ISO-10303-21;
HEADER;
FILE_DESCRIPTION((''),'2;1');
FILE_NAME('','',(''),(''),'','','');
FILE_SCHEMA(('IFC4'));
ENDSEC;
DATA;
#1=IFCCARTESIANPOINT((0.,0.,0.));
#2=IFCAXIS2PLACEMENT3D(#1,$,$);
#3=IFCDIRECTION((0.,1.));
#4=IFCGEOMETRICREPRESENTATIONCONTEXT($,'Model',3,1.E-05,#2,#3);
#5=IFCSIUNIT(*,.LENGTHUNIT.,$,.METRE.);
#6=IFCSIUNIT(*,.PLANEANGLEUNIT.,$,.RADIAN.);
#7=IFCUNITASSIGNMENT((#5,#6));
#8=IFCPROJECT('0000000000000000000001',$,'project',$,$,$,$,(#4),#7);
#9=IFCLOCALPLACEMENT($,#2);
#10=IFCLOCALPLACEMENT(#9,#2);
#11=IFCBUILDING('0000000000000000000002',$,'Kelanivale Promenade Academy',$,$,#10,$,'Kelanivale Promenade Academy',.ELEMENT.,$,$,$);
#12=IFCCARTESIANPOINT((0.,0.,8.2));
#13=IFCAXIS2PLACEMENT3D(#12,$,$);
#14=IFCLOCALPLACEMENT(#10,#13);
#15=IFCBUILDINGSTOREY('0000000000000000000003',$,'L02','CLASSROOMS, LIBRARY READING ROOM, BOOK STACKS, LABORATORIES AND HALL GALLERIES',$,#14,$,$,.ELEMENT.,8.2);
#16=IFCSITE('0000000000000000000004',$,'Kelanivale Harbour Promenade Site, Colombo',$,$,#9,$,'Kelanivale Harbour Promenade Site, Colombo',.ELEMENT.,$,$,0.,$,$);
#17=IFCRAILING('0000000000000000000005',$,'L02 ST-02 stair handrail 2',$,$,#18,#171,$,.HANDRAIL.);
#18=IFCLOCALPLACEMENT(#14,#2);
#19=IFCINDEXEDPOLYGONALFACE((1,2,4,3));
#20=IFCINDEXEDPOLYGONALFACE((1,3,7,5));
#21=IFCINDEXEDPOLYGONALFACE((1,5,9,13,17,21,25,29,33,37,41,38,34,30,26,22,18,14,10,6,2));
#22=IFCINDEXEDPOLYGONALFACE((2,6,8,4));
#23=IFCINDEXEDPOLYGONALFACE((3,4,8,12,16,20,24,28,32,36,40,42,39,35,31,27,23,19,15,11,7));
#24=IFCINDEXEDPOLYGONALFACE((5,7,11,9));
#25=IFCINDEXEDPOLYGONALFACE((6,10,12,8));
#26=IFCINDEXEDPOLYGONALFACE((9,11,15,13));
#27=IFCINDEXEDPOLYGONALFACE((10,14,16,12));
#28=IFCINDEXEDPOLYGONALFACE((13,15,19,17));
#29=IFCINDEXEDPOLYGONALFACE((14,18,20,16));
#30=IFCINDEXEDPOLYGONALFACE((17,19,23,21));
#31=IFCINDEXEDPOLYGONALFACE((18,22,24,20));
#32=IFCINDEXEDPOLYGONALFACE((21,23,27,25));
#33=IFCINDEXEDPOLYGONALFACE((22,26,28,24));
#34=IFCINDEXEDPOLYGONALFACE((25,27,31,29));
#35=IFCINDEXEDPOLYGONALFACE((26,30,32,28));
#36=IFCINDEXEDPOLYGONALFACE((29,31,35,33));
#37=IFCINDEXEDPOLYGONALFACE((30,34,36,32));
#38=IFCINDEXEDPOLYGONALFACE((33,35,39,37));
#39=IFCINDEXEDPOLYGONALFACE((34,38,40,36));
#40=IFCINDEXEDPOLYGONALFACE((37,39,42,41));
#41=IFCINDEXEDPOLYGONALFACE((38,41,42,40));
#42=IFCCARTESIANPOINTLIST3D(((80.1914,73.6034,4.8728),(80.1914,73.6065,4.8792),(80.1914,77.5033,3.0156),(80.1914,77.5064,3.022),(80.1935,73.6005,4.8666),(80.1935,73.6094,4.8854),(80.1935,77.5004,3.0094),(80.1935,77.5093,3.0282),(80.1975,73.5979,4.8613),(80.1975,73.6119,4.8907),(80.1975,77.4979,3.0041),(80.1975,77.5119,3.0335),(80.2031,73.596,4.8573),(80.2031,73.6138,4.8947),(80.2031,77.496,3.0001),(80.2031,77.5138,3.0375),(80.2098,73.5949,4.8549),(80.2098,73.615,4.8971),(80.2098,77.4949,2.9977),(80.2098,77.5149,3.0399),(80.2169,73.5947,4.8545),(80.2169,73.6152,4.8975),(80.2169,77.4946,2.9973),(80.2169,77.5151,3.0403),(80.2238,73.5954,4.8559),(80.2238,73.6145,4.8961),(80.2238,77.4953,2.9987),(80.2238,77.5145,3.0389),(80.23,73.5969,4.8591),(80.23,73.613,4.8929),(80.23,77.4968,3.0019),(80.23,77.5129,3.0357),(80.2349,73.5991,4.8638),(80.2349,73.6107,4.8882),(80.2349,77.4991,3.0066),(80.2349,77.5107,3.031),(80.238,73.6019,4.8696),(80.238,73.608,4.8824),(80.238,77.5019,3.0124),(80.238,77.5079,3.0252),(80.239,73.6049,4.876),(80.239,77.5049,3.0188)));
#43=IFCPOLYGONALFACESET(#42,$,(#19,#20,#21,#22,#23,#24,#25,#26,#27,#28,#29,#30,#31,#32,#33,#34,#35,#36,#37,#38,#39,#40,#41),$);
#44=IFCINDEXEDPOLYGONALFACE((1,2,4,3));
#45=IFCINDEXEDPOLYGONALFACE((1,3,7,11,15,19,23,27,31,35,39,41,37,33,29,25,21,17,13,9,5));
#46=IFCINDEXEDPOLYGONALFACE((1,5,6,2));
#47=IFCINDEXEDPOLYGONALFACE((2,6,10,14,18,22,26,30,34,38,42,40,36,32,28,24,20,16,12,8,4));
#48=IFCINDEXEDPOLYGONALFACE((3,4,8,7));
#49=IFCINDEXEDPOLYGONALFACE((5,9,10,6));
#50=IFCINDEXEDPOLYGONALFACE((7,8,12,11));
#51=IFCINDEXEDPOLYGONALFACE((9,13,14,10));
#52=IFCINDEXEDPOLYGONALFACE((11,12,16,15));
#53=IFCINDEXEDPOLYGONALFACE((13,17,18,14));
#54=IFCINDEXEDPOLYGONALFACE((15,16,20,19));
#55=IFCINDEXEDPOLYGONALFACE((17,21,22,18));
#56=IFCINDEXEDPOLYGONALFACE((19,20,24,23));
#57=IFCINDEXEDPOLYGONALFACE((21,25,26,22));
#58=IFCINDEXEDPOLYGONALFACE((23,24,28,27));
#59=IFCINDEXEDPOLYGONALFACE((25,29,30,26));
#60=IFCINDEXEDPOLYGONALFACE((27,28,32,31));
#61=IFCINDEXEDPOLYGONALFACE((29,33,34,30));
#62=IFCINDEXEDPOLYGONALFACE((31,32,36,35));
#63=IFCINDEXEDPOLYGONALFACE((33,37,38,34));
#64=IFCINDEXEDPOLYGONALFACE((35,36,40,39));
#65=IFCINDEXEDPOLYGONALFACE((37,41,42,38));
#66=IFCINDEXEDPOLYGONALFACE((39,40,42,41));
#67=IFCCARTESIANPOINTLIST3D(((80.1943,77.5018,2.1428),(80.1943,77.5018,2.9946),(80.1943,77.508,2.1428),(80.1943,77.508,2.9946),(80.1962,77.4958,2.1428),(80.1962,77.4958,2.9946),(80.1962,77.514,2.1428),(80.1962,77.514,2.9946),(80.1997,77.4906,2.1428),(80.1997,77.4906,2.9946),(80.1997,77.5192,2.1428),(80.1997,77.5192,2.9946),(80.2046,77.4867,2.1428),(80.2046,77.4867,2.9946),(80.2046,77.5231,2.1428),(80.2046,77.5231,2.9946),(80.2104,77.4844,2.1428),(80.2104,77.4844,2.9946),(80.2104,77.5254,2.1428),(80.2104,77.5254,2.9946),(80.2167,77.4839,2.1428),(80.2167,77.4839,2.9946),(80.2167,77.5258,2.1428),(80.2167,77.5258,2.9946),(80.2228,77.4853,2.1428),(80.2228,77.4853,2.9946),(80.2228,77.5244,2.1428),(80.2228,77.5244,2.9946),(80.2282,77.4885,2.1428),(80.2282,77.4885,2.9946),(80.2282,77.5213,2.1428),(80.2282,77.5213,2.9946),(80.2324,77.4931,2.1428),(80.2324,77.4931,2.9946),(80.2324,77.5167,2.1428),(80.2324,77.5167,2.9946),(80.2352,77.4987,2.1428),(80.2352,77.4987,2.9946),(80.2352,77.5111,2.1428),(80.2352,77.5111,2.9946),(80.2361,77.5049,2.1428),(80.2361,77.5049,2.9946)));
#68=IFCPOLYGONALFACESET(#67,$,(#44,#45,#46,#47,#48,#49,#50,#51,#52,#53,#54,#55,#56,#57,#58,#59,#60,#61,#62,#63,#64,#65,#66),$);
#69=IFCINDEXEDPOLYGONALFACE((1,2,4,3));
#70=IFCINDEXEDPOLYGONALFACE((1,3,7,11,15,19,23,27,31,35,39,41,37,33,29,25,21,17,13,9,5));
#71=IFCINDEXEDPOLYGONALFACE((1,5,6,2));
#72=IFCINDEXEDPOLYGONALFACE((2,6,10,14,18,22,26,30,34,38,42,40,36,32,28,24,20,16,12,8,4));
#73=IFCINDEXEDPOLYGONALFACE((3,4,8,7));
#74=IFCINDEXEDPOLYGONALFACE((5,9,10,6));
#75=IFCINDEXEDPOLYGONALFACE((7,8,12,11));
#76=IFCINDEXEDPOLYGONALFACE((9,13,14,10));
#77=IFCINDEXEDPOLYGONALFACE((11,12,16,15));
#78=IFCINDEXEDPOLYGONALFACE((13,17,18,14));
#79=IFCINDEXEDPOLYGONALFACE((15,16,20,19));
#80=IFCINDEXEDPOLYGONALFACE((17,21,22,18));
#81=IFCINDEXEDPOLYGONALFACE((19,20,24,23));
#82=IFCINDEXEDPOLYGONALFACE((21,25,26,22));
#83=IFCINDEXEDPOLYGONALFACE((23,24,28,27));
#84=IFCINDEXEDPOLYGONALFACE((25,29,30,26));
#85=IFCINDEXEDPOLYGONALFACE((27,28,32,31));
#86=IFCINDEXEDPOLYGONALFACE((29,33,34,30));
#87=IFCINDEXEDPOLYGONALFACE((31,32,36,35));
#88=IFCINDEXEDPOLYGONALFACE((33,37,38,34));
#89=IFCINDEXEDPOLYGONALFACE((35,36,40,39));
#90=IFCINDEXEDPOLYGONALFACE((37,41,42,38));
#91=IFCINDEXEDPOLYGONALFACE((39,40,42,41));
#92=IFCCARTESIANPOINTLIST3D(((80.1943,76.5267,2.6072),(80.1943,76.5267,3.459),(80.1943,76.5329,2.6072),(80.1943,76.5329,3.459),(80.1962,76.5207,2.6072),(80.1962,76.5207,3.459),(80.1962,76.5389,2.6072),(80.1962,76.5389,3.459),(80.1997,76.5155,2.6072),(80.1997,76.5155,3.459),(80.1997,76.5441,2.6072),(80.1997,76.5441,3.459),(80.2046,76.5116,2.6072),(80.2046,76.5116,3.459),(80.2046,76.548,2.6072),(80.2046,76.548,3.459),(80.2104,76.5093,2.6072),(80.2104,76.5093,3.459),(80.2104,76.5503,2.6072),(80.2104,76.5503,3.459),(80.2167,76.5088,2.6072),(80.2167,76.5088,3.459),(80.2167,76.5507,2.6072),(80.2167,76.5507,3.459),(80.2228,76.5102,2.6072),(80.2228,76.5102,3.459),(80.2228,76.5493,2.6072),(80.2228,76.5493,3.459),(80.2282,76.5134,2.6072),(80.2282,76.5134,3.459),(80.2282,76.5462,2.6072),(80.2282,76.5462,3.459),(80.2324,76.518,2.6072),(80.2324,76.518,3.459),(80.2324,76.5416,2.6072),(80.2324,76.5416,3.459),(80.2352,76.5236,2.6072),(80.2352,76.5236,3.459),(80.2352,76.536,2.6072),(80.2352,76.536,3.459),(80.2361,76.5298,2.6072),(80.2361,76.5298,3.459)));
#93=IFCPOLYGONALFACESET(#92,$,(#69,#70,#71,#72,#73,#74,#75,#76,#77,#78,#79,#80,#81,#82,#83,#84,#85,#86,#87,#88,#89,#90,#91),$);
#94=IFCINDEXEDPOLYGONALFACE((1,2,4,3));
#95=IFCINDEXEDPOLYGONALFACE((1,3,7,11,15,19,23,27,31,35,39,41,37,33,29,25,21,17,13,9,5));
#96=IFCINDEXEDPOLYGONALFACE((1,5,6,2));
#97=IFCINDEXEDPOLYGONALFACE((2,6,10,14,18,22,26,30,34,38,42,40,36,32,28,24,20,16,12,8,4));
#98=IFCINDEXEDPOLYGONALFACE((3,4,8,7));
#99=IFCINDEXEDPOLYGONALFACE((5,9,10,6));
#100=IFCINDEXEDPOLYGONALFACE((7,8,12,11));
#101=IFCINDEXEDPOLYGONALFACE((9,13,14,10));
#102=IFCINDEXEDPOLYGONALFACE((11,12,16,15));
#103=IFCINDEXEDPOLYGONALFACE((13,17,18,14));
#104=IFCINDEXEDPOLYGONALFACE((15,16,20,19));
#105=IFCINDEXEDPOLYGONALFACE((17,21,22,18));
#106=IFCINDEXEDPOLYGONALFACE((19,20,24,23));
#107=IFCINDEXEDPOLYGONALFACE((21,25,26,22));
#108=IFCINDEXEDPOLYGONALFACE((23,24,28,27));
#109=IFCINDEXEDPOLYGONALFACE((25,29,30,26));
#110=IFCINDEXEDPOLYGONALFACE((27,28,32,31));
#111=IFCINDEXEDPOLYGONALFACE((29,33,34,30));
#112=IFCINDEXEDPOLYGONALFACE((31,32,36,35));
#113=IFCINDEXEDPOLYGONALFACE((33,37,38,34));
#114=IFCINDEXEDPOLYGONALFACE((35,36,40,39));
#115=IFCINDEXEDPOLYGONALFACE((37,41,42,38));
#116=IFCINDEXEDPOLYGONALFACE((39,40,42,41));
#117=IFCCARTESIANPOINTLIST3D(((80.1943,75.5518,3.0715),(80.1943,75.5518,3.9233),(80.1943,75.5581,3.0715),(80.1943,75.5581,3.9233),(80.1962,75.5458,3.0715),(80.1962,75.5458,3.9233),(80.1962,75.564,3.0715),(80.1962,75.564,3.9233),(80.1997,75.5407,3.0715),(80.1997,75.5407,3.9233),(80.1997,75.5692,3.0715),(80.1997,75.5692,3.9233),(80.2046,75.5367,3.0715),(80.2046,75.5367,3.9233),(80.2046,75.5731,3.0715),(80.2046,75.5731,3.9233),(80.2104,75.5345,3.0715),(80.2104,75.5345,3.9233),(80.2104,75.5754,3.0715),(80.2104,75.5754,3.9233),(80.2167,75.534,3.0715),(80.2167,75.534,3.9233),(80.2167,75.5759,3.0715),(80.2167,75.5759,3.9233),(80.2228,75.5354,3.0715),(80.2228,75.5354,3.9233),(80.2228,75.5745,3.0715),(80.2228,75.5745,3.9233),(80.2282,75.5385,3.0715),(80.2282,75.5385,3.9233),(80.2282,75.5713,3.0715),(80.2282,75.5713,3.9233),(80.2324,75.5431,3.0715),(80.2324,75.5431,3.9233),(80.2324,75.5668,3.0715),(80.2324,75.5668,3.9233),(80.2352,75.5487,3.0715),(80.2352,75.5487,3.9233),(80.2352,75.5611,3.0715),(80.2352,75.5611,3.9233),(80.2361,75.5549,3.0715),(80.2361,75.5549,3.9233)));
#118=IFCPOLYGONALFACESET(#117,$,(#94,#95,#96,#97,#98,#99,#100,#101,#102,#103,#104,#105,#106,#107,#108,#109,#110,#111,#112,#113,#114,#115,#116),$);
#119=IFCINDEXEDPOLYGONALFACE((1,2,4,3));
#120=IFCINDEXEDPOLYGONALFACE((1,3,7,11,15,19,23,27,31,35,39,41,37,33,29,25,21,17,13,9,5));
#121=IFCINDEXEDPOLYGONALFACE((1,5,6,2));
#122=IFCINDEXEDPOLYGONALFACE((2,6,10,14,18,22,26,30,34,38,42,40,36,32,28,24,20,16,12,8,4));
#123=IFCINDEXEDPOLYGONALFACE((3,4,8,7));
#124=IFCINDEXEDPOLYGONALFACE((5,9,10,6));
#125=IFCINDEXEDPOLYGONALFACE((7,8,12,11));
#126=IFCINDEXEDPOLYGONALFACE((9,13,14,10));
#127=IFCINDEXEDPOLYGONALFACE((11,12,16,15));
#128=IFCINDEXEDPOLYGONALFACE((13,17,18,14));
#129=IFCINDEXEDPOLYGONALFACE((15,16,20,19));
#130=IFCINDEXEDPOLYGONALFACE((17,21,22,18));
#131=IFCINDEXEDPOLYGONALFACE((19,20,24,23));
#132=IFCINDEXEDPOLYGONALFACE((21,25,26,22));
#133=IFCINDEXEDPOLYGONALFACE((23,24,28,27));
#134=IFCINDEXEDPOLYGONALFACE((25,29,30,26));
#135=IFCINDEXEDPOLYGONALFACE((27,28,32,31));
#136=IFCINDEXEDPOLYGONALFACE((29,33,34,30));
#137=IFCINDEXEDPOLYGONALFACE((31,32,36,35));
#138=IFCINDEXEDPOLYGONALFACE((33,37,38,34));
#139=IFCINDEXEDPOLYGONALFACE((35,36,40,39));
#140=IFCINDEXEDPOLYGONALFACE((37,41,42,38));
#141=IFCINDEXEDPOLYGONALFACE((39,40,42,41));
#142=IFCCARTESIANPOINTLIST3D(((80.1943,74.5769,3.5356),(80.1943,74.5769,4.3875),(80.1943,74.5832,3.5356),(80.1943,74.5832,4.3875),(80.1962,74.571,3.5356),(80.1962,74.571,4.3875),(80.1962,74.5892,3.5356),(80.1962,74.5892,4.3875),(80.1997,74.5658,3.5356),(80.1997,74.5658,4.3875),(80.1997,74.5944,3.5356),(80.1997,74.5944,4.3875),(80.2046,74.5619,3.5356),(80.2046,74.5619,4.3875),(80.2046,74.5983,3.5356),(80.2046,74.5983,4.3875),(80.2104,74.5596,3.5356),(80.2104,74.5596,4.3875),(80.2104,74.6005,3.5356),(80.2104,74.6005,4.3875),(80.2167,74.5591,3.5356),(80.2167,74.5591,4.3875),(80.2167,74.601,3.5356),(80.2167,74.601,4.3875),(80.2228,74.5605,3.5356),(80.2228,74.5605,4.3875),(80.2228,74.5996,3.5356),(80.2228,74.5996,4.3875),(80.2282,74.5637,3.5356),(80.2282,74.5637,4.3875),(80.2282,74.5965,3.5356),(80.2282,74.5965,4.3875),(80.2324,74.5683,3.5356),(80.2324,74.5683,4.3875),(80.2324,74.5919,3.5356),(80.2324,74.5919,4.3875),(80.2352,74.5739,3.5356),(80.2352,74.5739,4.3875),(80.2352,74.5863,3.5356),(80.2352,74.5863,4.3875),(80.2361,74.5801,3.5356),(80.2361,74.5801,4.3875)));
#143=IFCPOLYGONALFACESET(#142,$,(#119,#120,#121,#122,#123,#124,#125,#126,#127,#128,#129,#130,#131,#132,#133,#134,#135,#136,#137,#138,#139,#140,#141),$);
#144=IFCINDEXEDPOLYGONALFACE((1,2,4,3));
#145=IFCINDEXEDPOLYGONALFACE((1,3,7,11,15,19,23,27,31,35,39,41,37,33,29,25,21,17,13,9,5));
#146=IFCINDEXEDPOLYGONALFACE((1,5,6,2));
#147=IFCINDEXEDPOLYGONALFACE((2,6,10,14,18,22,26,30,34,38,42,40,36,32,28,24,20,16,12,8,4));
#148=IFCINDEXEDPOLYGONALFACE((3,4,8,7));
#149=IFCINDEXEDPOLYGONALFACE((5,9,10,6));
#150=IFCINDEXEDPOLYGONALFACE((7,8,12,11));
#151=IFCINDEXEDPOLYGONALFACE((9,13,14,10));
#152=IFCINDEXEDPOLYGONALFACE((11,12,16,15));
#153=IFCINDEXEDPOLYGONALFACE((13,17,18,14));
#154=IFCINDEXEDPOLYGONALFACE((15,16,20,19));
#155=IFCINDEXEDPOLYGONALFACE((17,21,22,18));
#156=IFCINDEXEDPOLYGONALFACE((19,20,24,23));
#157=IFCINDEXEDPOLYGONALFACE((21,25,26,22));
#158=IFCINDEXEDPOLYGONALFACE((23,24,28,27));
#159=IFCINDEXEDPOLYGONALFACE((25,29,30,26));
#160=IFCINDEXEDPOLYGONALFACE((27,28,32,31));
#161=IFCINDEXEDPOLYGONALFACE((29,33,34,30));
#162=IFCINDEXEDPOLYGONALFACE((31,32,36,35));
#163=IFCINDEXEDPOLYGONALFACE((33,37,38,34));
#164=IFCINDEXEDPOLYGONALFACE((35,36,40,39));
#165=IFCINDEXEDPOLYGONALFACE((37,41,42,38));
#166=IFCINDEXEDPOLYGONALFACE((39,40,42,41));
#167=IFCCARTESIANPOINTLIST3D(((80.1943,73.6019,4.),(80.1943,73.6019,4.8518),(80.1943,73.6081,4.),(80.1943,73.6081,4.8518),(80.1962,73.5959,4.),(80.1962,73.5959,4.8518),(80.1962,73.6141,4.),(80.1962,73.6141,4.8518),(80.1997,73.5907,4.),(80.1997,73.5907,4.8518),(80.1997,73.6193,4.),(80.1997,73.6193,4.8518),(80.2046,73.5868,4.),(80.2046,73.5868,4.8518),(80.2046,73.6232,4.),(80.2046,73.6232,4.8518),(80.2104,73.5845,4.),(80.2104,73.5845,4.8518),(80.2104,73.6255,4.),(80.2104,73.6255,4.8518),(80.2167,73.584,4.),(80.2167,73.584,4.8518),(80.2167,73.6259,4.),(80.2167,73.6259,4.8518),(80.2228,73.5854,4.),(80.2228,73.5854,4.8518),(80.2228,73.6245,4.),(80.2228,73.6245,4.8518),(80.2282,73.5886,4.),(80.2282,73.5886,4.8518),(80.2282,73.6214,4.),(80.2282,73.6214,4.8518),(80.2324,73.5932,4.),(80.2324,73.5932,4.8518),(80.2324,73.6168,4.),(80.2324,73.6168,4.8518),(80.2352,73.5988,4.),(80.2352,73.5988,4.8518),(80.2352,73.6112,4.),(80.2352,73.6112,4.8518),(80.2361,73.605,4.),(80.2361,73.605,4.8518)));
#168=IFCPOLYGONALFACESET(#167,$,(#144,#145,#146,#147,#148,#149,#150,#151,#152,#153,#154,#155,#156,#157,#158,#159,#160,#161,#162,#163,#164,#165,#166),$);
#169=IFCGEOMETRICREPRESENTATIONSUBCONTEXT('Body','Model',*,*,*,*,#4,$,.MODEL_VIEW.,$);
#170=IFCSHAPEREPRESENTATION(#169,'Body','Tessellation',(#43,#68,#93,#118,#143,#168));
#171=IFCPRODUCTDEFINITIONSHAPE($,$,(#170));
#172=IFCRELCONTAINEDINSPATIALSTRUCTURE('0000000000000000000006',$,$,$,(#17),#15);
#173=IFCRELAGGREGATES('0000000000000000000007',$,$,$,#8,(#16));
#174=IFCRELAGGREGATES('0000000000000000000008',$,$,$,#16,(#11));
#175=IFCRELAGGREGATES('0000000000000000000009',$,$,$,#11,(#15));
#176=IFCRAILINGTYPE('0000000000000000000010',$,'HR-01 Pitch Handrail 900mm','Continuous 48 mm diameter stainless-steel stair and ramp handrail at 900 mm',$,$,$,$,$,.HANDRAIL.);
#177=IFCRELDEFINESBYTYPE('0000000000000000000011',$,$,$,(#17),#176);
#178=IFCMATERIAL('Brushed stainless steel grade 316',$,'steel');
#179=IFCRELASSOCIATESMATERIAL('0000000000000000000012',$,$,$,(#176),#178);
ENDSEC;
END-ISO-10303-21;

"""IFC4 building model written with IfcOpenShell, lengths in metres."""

from ifc_helpers import new_model, si_unit, direction, frame, origin, origin_2d, place, context, subcontext, project, spatial, circle, extrude, material, type_object, element, save


model = new_model("IFC4")

# Units and contexts
model_context = context("Model", 3, precision=1e-05, world=origin(), true_north=direction((0.0, 1.0)))
body_context = subcontext(model_context, "Body", "Model", "MODEL_VIEW")
ifc_project = project(units=[si_unit("LENGTHUNIT", "METRE"), si_unit("PLANEANGLEUNIT", "RADIAN")], contexts=[model_context])

# Site, building, storey
site_placement = place(None, origin())
site = spatial("IfcSite", under=ifc_project, at=site_placement, Name="Kelanivale Harbour Promenade Site, Colombo", LongName="Kelanivale Harbour Promenade Site, Colombo", CompositionType="ELEMENT", RefElevation=0.0)
building_placement = place(site_placement, origin())
building = spatial("IfcBuilding", under=site, at=building_placement, Name="Kelanivale Promenade Academy", LongName="Kelanivale Promenade Academy", CompositionType="ELEMENT")
storey_placement = place(building_placement, frame((0.0, 0.0, 8.2)))
storey = spatial("IfcBuildingStorey", under=building, at=storey_placement, Name="L02", Description="CLASSROOMS, LIBRARY READING ROOM, BOOK STACKS, LABORATORIES AND HALL GALLERIES", CompositionType="ELEMENT", Elevation=8.2)

# Railing
ifc_material_1 = material(Name="Brushed stainless steel grade 316", Category="steel")
railing_type_1 = type_object("IfcRailingType", Name="HR-01 Pitch Handrail 900mm", Description="Continuous 48 mm diameter stainless-steel stair and ramp handrail at 900 mm", PredefinedType="HANDRAIL", material=ifc_material_1)
railing_1_placement = place(storey_placement, frame((80.2151, 77.5049, 2.1428)))
element("IfcRailing", 1, at=railing_1_placement, inside=storey, type_object=railing_type_1, Name="L02 ST-02 stair handrail 2", PredefinedType="HANDRAIL", context=body_context, shape_type="SweptSolid", body=[
    extrude(circle(Radius=0.0239, at=origin_2d()), frame((0.0, 0.0, 0.876), z_axis=(0.0, -0.902853, 0.429949), x_axis=(1.0, 0.0, 0.0)), (0.0, 0.0, 1.0), 4.3196),
    extrude(circle(Radius=0.021, at=origin_2d()), origin(), (0.0, 0.0, 1.0), 0.8518),
    extrude(circle(Radius=0.021, at=origin_2d()), frame((0.0, -0.9751, 0.4644)), (0.0, 0.0, 1.0), 0.8518),
    extrude(circle(Radius=0.021, at=origin_2d()), frame((0.0, -1.95, 0.9287)), (0.0, 0.0, 1.0), 0.8518),
    extrude(circle(Radius=0.021, at=origin_2d()), frame((0.0, -2.9248, 1.3928)), (0.0, 0.0, 1.0), 0.8518),
    extrude(circle(Radius=0.021, at=origin_2d()), frame((0.0, -3.8999, 1.8572)), (0.0, 0.0, 1.0), 0.8518),
])

save(model, "model.ifc")
